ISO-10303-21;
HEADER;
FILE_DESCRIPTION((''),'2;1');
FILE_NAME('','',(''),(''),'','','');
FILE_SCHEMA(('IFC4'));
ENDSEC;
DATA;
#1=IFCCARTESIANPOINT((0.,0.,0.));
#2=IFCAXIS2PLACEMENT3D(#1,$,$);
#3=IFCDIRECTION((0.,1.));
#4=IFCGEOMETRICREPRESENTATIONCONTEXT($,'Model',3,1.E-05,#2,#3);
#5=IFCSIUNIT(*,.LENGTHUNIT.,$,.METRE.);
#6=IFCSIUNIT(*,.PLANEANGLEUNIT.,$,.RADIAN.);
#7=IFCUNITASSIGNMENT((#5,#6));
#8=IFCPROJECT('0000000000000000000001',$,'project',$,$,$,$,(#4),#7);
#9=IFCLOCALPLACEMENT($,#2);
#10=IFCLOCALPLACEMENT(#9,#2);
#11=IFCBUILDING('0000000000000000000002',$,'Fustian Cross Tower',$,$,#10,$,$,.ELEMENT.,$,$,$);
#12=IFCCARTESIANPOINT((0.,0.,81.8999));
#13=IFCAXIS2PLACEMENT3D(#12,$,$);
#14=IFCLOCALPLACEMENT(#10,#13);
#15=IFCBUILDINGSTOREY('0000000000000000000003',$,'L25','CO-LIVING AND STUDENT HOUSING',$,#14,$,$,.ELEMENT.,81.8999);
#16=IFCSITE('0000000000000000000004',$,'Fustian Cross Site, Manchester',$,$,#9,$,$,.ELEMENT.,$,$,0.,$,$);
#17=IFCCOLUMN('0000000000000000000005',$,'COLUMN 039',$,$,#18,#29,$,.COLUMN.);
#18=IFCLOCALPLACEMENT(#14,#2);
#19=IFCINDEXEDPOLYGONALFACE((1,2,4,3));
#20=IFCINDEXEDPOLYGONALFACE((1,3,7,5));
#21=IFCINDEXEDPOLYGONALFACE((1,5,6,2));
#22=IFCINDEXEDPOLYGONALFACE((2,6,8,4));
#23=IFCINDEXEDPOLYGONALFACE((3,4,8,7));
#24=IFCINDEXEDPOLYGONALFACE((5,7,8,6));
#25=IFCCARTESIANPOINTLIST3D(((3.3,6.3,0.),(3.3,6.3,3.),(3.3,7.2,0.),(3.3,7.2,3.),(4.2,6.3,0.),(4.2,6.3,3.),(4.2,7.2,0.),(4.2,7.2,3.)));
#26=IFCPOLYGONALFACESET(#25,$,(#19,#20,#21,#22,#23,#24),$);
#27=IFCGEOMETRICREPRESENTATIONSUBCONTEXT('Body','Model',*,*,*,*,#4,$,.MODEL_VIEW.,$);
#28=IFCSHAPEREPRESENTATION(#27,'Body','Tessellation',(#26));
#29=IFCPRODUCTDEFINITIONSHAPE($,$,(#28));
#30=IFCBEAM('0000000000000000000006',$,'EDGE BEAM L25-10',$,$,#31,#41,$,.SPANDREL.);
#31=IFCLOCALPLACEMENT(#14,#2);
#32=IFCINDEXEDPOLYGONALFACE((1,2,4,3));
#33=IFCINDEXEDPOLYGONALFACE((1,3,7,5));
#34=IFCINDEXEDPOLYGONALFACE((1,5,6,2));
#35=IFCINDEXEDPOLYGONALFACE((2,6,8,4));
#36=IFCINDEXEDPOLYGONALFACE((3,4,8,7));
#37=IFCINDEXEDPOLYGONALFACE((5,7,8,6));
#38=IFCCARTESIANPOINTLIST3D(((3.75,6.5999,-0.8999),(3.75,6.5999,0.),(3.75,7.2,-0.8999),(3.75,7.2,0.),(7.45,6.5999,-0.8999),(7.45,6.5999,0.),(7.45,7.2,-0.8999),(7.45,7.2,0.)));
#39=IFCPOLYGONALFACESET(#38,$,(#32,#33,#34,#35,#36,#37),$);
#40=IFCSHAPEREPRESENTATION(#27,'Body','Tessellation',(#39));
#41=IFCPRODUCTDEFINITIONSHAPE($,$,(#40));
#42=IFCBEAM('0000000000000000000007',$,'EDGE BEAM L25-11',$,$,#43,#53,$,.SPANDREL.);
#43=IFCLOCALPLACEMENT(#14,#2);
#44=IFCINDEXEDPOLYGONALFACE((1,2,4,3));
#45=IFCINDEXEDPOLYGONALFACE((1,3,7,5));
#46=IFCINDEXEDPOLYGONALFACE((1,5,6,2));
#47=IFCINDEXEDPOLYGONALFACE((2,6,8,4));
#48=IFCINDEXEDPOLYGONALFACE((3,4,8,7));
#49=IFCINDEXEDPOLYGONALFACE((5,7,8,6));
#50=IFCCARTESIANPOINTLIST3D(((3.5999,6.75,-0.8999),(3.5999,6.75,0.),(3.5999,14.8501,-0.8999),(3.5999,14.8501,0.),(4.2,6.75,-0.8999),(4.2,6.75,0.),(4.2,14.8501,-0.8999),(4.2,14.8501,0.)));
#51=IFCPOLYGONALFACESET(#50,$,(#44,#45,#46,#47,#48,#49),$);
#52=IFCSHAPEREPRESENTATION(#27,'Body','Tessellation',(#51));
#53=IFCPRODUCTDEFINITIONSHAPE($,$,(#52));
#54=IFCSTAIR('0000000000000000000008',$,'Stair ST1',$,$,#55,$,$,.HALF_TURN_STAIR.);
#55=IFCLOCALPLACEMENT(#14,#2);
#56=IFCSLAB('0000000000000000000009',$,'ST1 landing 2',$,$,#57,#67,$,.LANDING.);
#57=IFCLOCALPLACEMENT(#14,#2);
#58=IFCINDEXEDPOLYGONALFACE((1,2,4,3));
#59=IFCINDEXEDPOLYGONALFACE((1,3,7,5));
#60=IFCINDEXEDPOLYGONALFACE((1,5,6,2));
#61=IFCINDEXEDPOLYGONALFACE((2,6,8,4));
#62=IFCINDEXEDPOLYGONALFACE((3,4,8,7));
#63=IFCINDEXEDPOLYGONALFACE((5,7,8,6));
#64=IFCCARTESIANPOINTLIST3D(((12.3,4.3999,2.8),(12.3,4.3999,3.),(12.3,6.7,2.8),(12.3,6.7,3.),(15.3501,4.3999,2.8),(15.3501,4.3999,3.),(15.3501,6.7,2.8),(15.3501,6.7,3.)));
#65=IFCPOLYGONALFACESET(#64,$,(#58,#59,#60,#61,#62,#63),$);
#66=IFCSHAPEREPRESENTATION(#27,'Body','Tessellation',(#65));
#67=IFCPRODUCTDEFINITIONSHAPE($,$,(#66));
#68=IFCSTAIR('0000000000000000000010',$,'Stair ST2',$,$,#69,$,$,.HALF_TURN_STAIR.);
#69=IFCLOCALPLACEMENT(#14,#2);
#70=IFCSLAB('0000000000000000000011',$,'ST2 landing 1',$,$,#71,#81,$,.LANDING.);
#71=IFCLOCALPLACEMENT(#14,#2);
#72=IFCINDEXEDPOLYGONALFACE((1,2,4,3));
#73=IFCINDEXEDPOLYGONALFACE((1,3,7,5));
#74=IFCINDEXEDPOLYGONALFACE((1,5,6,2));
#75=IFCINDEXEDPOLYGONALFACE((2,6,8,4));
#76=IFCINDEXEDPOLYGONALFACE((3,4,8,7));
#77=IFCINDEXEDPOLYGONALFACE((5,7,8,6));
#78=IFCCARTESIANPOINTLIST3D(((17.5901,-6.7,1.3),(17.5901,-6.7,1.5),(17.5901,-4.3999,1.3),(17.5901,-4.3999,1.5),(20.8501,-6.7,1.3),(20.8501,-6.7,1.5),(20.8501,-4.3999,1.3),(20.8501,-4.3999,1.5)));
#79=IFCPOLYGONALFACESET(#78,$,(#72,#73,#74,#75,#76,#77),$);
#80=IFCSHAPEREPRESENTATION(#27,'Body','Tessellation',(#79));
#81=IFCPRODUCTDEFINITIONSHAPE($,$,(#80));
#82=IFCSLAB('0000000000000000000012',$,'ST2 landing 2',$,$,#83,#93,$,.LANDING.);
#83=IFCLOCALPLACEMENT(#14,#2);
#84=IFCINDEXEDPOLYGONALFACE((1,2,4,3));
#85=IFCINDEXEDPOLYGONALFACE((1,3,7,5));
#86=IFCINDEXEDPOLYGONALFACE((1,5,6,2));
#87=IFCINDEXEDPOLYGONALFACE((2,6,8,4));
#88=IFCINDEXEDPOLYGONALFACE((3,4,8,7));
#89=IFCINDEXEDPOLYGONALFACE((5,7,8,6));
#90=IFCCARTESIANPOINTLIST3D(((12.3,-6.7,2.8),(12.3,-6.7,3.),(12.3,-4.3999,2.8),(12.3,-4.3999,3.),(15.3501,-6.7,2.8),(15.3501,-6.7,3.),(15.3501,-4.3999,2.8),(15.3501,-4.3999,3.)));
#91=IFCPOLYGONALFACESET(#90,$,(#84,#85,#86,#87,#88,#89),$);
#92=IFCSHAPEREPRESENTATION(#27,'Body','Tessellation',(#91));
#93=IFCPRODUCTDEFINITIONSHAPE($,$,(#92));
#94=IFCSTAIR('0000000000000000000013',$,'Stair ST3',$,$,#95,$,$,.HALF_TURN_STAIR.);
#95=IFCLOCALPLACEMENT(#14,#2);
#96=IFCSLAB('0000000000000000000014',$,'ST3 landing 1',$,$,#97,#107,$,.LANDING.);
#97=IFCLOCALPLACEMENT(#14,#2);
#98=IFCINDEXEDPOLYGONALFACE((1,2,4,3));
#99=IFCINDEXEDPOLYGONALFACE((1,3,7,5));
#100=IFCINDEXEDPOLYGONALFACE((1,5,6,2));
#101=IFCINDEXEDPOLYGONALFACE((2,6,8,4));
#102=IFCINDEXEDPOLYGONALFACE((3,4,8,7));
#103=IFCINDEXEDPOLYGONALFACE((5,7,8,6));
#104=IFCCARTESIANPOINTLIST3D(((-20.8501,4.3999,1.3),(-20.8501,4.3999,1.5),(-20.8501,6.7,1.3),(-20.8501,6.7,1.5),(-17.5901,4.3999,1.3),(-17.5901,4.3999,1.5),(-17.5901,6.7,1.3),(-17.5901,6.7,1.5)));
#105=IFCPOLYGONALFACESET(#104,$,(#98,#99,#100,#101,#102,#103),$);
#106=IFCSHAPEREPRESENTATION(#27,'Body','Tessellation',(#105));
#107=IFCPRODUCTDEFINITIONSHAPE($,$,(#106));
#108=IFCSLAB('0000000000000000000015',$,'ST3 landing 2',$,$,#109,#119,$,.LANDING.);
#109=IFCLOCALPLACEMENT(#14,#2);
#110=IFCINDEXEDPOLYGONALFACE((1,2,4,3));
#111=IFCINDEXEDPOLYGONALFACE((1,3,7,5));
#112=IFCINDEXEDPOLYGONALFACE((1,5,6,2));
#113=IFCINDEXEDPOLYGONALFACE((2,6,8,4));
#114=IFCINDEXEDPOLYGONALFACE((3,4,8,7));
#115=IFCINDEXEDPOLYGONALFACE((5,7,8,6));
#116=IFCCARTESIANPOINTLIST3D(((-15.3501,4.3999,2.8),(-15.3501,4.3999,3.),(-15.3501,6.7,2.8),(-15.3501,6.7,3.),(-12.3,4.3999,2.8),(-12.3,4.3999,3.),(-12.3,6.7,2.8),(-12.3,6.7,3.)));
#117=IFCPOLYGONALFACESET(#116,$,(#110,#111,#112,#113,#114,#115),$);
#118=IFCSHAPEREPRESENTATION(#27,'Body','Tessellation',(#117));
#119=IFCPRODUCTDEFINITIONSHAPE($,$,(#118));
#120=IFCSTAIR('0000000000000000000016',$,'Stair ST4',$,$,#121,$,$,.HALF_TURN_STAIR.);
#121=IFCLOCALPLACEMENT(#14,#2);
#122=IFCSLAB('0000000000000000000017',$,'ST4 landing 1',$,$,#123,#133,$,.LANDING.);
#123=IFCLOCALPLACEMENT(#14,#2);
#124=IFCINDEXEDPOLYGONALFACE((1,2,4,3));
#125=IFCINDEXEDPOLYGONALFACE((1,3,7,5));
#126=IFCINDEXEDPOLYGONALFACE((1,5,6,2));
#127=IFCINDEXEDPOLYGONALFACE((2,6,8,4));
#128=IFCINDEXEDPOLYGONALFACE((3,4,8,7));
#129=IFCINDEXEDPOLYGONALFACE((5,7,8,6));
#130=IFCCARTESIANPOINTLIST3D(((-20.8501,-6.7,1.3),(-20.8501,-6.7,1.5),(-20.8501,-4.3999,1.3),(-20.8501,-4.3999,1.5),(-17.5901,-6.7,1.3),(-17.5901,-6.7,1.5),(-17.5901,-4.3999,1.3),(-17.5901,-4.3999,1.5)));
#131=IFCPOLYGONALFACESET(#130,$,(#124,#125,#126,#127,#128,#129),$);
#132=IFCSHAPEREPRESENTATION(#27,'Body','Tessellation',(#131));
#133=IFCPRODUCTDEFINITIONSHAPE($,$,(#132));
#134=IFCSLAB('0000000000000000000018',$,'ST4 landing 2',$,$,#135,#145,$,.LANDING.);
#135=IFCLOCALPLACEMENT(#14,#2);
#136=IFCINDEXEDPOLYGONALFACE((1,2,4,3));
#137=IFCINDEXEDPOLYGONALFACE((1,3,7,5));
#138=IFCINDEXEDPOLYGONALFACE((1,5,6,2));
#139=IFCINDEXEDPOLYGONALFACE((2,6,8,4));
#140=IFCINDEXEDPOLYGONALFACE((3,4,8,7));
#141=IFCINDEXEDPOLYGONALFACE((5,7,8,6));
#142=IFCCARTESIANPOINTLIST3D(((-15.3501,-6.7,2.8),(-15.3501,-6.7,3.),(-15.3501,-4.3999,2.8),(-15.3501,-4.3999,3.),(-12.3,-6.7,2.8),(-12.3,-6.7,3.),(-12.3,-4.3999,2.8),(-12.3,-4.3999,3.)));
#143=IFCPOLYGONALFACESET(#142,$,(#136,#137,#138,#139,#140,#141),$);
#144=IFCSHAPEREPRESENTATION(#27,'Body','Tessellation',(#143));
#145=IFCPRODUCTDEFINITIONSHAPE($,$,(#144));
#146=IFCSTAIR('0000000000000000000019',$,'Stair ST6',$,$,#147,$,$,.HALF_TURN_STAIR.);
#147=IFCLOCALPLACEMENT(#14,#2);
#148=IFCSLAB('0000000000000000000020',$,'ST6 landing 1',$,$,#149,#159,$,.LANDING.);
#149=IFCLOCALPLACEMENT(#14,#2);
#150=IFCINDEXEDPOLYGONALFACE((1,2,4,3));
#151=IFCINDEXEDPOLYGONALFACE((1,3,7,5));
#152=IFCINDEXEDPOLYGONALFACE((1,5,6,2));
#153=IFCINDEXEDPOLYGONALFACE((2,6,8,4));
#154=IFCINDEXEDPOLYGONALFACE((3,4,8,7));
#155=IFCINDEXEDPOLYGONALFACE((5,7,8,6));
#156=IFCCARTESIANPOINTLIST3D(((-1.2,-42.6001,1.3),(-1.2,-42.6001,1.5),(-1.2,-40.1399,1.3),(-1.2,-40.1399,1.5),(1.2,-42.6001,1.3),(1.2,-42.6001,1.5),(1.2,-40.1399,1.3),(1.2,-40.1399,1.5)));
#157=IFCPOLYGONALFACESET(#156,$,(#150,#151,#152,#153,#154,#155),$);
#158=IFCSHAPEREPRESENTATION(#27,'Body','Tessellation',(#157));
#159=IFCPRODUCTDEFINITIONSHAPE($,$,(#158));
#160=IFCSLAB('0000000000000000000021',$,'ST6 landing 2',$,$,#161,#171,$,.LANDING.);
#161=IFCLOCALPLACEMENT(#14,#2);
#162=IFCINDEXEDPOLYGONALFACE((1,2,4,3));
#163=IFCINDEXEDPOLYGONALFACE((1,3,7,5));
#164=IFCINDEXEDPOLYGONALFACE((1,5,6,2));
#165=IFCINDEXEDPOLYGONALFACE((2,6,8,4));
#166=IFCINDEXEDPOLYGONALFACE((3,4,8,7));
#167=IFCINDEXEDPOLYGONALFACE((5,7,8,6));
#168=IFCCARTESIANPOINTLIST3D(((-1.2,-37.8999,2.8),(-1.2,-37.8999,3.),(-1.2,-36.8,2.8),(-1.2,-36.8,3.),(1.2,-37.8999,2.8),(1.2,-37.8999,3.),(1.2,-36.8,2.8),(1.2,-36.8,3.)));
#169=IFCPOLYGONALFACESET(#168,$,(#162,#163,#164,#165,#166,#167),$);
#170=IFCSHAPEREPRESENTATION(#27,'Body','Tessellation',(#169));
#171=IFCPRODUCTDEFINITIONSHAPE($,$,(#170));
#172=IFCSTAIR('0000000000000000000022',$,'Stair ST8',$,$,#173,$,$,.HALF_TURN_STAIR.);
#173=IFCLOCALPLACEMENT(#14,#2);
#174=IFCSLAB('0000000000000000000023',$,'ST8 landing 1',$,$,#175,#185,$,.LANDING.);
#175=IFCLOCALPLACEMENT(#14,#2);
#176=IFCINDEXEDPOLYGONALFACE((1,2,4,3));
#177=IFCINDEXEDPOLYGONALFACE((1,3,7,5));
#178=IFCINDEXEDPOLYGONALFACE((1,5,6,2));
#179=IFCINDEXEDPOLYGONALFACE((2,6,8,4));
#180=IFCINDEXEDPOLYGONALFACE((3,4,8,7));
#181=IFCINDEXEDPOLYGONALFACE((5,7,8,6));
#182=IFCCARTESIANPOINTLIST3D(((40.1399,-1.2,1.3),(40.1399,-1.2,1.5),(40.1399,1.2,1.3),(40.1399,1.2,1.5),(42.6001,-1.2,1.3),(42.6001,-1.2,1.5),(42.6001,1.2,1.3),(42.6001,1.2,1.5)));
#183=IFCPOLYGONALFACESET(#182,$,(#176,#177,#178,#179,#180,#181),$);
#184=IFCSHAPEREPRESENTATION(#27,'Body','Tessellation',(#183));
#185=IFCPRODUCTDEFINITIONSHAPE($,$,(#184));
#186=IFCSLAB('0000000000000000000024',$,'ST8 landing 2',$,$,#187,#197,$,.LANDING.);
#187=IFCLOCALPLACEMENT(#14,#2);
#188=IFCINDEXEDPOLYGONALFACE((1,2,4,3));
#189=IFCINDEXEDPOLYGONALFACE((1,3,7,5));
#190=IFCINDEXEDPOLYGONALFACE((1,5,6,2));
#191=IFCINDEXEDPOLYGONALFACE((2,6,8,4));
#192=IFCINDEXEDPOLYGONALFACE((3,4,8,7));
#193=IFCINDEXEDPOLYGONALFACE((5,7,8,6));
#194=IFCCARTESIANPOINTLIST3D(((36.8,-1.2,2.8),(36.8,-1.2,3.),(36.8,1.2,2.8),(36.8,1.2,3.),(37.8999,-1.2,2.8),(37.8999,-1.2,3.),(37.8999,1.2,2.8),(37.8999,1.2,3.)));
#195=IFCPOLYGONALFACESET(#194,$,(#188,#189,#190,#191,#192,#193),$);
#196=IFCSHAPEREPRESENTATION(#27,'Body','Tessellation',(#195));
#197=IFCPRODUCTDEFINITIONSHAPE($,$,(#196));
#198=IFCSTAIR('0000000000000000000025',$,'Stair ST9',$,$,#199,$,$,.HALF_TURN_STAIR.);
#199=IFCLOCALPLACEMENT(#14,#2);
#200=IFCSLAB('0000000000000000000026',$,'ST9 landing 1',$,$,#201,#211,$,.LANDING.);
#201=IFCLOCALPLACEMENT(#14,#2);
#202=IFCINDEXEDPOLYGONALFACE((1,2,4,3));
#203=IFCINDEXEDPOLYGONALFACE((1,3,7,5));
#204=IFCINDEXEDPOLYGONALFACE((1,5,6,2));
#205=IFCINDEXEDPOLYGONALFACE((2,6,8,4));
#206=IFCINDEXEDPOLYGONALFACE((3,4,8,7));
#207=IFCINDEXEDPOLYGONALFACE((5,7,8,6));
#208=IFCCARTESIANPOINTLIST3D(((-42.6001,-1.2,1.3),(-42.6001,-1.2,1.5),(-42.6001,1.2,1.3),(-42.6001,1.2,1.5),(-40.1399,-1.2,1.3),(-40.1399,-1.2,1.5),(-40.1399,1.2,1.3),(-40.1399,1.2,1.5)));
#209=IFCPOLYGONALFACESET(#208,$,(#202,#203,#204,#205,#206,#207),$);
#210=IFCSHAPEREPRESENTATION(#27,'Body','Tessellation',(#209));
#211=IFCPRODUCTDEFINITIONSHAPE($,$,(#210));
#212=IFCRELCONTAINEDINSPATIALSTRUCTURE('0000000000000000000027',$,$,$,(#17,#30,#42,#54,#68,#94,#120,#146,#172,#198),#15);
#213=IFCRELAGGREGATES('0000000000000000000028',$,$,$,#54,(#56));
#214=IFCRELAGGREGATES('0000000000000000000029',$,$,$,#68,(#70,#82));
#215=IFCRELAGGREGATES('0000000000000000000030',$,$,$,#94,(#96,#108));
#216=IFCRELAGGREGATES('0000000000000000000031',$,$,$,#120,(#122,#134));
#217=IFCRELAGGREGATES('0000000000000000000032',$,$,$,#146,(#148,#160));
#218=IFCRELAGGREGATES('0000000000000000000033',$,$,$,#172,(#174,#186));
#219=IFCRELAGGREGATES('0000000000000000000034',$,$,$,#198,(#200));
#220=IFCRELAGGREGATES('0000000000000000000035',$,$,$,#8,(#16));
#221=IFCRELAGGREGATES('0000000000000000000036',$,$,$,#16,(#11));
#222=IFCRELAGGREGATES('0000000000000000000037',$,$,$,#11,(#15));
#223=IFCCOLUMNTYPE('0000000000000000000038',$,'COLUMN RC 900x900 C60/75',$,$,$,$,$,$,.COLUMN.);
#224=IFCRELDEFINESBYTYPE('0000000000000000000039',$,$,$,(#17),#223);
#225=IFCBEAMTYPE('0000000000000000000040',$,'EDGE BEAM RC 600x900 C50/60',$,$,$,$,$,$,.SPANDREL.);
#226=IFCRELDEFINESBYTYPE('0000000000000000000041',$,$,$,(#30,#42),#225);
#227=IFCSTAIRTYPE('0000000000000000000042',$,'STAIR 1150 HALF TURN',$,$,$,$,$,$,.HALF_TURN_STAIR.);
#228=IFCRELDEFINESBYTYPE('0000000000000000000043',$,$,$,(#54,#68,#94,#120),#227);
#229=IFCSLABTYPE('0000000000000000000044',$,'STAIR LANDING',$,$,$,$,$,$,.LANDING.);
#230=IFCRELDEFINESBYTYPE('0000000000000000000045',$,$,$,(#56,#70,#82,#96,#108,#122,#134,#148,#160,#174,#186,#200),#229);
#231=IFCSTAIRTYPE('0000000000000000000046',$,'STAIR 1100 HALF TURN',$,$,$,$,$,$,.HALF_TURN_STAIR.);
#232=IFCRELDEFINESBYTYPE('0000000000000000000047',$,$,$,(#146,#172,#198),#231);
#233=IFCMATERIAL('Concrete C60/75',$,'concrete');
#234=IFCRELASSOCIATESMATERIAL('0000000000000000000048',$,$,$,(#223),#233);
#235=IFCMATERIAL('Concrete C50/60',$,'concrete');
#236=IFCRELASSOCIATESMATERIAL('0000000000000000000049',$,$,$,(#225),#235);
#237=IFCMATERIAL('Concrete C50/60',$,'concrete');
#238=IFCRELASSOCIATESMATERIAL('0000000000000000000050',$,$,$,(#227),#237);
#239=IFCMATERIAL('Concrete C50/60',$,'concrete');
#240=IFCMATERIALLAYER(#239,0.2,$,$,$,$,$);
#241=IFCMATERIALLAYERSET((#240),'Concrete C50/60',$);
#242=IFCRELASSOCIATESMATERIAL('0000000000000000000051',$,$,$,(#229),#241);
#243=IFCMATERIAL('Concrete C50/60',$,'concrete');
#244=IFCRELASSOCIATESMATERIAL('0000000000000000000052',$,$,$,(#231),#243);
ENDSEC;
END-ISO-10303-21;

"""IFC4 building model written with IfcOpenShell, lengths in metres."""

from ifc_helpers import new_model, si_unit, direction, frame, origin, origin_2d, place, context, subcontext, project, spatial, polyline, rectangle, outline, extrude, material, layer, layer_set, material_profile, profile_set, type_object, element, aggregate, save


model = new_model("IFC4")

# Units and contexts
model_context = context("Model", 3, precision=1e-05, world=origin(), true_north=direction((0.0, 1.0)))
body_context = subcontext(model_context, "Body", "Model", "MODEL_VIEW")
ifc_project = project(units=[si_unit("LENGTHUNIT", "METRE"), si_unit("PLANEANGLEUNIT", "RADIAN")], contexts=[model_context])

# Site, building, storey
site_placement = place(None, origin())
site = spatial("IfcSite", under=ifc_project, at=site_placement, Name="Fustian Cross Site, Manchester", CompositionType="ELEMENT", RefElevation=0.0)
building_placement = place(site_placement, origin())
building = spatial("IfcBuilding", under=site, at=building_placement, Name="Fustian Cross Tower", CompositionType="ELEMENT")
storey_placement = place(building_placement, frame((0.0, 0.0, 81.8999)))
storey = spatial("IfcBuildingStorey", under=building, at=storey_placement, Name="L25", Description="CO-LIVING AND STUDENT HOUSING", CompositionType="ELEMENT", Elevation=81.8999)

# Column
ifc_material_1 = material(Name="Concrete C60/75", Category="concrete")
ifc_material_profile_1 = material_profile(ifc_material_1, rectangle(XDim=0.8999, YDim=0.8999, at=origin_2d()), Name="RC 900x900")
ifc_profile_set_1 = profile_set([ifc_material_profile_1], Name="Concrete C60/75")
column_type = type_object("IfcColumnType", Name="COLUMN RC 900x900 C60/75", PredefinedType="COLUMN", material=ifc_profile_set_1)
column_placement = place(storey_placement, frame((3.75, 6.75, 0.0), z_axis=(0.0, 0.0, 1.0), x_axis=(1.0, 0.0, 0.0)))
element("IfcColumn", 1, at=column_placement, inside=storey, type_object=column_type, Name="COLUMN 039", PredefinedType="COLUMN", context=body_context, shape_type="SweptSolid", body=[
    extrude(rectangle(XDim=0.8999, YDim=0.8999, at=origin_2d()), origin(), (0.0, 0.0, 1.0), 3.0),
])

# Beams
ifc_material_2 = material(Name="Concrete C50/60", Category="concrete")
ifc_material_profile_2 = material_profile(ifc_material_2, rectangle(XDim=0.6001, YDim=0.8999, at=origin_2d()), Name="RC 600x900")
ifc_profile_set_2 = profile_set([ifc_material_profile_2], Name="Concrete C50/60")
beam_type = type_object("IfcBeamType", Name="EDGE BEAM RC 600x900 C50/60", PredefinedType="SPANDREL", material=ifc_profile_set_2)
beam_1_placement = place(storey_placement, frame((7.45, 6.8999, -0.45), z_axis=(-1.0, 0.0, 0.0), x_axis=(0.0, -1.0, 0.0)))
element("IfcBeam", 2, at=beam_1_placement, inside=storey, type_object=beam_type, Name="EDGE BEAM L25-10", PredefinedType="SPANDREL", context=body_context, shape_type="SweptSolid", body=[
    extrude(rectangle(XDim=0.6001, YDim=0.8999, at=origin_2d()), origin(), (0.0, 0.0, 1.0), 3.7),
])
beam_2_placement = place(storey_placement, frame((3.8999, 6.75, -0.45), z_axis=(0.0, 1.0, 0.0), x_axis=(-1.0, 0.0, 0.0)))
element("IfcBeam", 3, at=beam_2_placement, inside=storey, type_object=beam_type, Name="EDGE BEAM L25-11", PredefinedType="SPANDREL", context=body_context, shape_type="SweptSolid", body=[
    extrude(rectangle(XDim=0.6001, YDim=0.8999, at=origin_2d()), origin(), (0.0, 0.0, 1.0), 8.1001),
])

# Stair, slab
ifc_material_3 = material(Name="Concrete C50/60", Category="concrete")
stair_type_1 = type_object("IfcStairType", Name="STAIR 1150 HALF TURN", PredefinedType="HALF_TURN_STAIR", material=ifc_material_3)
stair_1_placement = place(storey_placement, origin())
stair_1 = element("IfcStair", 4, at=stair_1_placement, inside=storey, type_object=stair_type_1, Name="Stair ST1", PredefinedType="HALF_TURN_STAIR")
ifc_material_4 = material(Name="Concrete C50/60", Category="concrete")
ifc_layer_1 = layer(ifc_material_4, 0.2)
ifc_layer_set_1 = layer_set([ifc_layer_1], Name="Concrete C50/60")
slab_type = type_object("IfcSlabType", Name="STAIR LANDING", PredefinedType="LANDING", material=ifc_layer_set_1)
slab_1_placement = place(storey_placement, frame((0.0, 0.0, 2.8)))
slab_1 = element("IfcSlab", 5, at=slab_1_placement, type_object=slab_type, Name="ST1 landing 2", PredefinedType="LANDING", context=body_context, shape_type="SweptSolid", body=[
    extrude(outline(polyline([(12.3, 4.3999), (15.3501, 4.3999), (15.3501, 6.7), (12.3, 6.7), (12.3, 4.3999)])), origin(), (0.0, 0.0, 1.0), 0.2),
])
aggregate(stair_1, [slab_1])

# Stairs, slabs
stair_2_placement = place(storey_placement, origin())
stair_2 = element("IfcStair", 6, at=stair_2_placement, inside=storey, type_object=stair_type_1, Name="Stair ST2", PredefinedType="HALF_TURN_STAIR")
slab_2_placement = place(storey_placement, frame((0.0, 0.0, 1.3)))
slab_2 = element("IfcSlab", 7, at=slab_2_placement, type_object=slab_type, Name="ST2 landing 1", PredefinedType="LANDING", context=body_context, shape_type="SweptSolid", body=[
    extrude(outline(polyline([(17.5901, -4.3999), (20.8501, -4.3999), (20.8501, -6.7), (17.5901, -6.7), (17.5901, -4.3999)])), origin(), (0.0, 0.0, 1.0), 0.2),
])
slab_3_placement = place(storey_placement, frame((0.0, 0.0, 2.8)))
slab_3 = element("IfcSlab", 8, at=slab_3_placement, type_object=slab_type, Name="ST2 landing 2", PredefinedType="LANDING", context=body_context, shape_type="SweptSolid", body=[
    extrude(outline(polyline([(12.3, -4.3999), (15.3501, -4.3999), (15.3501, -6.7), (12.3, -6.7), (12.3, -4.3999)])), origin(), (0.0, 0.0, 1.0), 0.2),
])
aggregate(stair_2, [slab_2, slab_3])
stair_3_placement = place(storey_placement, origin())
stair_3 = element("IfcStair", 9, at=stair_3_placement, inside=storey, type_object=stair_type_1, Name="Stair ST3", PredefinedType="HALF_TURN_STAIR")
slab_4_placement = place(storey_placement, frame((0.0, 0.0, 1.3)))
slab_4 = element("IfcSlab", 10, at=slab_4_placement, type_object=slab_type, Name="ST3 landing 1", PredefinedType="LANDING", context=body_context, shape_type="SweptSolid", body=[
    extrude(outline(polyline([(-17.5901, 4.3999), (-20.8501, 4.3999), (-20.8501, 6.7), (-17.5901, 6.7), (-17.5901, 4.3999)])), origin(), (0.0, 0.0, 1.0), 0.2),
])
slab_5_placement = place(storey_placement, frame((0.0, 0.0, 2.8)))
slab_5 = element("IfcSlab", 11, at=slab_5_placement, type_object=slab_type, Name="ST3 landing 2", PredefinedType="LANDING", context=body_context, shape_type="SweptSolid", body=[
    extrude(outline(polyline([(-12.3, 4.3999), (-15.3501, 4.3999), (-15.3501, 6.7), (-12.3, 6.7), (-12.3, 4.3999)])), origin(), (0.0, 0.0, 1.0), 0.2),
])
aggregate(stair_3, [slab_4, slab_5])
stair_4_placement = place(storey_placement, origin())
stair_4 = element("IfcStair", 12, at=stair_4_placement, inside=storey, type_object=stair_type_1, Name="Stair ST4", PredefinedType="HALF_TURN_STAIR")
slab_6_placement = place(storey_placement, frame((0.0, 0.0, 1.3)))
slab_6 = element("IfcSlab", 13, at=slab_6_placement, type_object=slab_type, Name="ST4 landing 1", PredefinedType="LANDING", context=body_context, shape_type="SweptSolid", body=[
    extrude(outline(polyline([(-17.5901, -4.3999), (-20.8501, -4.3999), (-20.8501, -6.7), (-17.5901, -6.7), (-17.5901, -4.3999)])), origin(), (0.0, 0.0, 1.0), 0.2),
])
slab_7_placement = place(storey_placement, frame((0.0, 0.0, 2.8)))
slab_7 = element("IfcSlab", 14, at=slab_7_placement, type_object=slab_type, Name="ST4 landing 2", PredefinedType="LANDING", context=body_context, shape_type="SweptSolid", body=[
    extrude(outline(polyline([(-12.3, -4.3999), (-15.3501, -4.3999), (-15.3501, -6.7), (-12.3, -6.7), (-12.3, -4.3999)])), origin(), (0.0, 0.0, 1.0), 0.2),
])
aggregate(stair_4, [slab_6, slab_7])
ifc_material_5 = material(Name="Concrete C50/60", Category="concrete")
stair_type_2 = type_object("IfcStairType", Name="STAIR 1100 HALF TURN", PredefinedType="HALF_TURN_STAIR", material=ifc_material_5)
stair_5_placement = place(storey_placement, origin())
stair_5 = element("IfcStair", 15, at=stair_5_placement, inside=storey, type_object=stair_type_2, Name="Stair ST6", PredefinedType="HALF_TURN_STAIR")
slab_8_placement = place(storey_placement, frame((0.0, 0.0, 1.3)))
slab_8 = element("IfcSlab", 16, at=slab_8_placement, type_object=slab_type, Name="ST6 landing 1", PredefinedType="LANDING", context=body_context, shape_type="SweptSolid", body=[
    extrude(outline(polyline([(-1.2, -40.1399), (-1.2, -42.6001), (1.2, -42.6001), (1.2, -40.1399), (-1.2, -40.1399)])), origin(), (0.0, 0.0, 1.0), 0.2),
])
slab_9_placement = place(storey_placement, frame((0.0, 0.0, 2.8)))
slab_9 = element("IfcSlab", 17, at=slab_9_placement, type_object=slab_type, Name="ST6 landing 2", PredefinedType="LANDING", context=body_context, shape_type="SweptSolid", body=[
    extrude(outline(polyline([(-1.2, -36.8), (-1.2, -37.8999), (1.2, -37.8999), (1.2, -36.8), (-1.2, -36.8)])), origin(), (0.0, 0.0, 1.0), 0.2),
])
aggregate(stair_5, [slab_8, slab_9])
stair_6_placement = place(storey_placement, origin())
stair_6 = element("IfcStair", 18, at=stair_6_placement, inside=storey, type_object=stair_type_2, Name="Stair ST8", PredefinedType="HALF_TURN_STAIR")
slab_10_placement = place(storey_placement, frame((0.0, 0.0, 1.3)))
slab_10 = element("IfcSlab", 19, at=slab_10_placement, type_object=slab_type, Name="ST8 landing 1", PredefinedType="LANDING", context=body_context, shape_type="SweptSolid", body=[
    extrude(outline(polyline([(40.1399, -1.2), (42.6001, -1.2), (42.6001, 1.2), (40.1399, 1.2), (40.1399, -1.2)])), origin(), (0.0, 0.0, 1.0), 0.2),
])
slab_11_placement = place(storey_placement, frame((0.0, 0.0, 2.8)))
slab_11 = element("IfcSlab", 20, at=slab_11_placement, type_object=slab_type, Name="ST8 landing 2", PredefinedType="LANDING", context=body_context, shape_type="SweptSolid", body=[
    extrude(outline(polyline([(36.8, -1.2), (37.8999, -1.2), (37.8999, 1.2), (36.8, 1.2), (36.8, -1.2)])), origin(), (0.0, 0.0, 1.0), 0.2),
])
aggregate(stair_6, [slab_10, slab_11])
stair_7_placement = place(storey_placement, origin())
stair_7 = element("IfcStair", 21, at=stair_7_placement, inside=storey, type_object=stair_type_2, Name="Stair ST9", PredefinedType="HALF_TURN_STAIR")
slab_12_placement = place(storey_placement, frame((0.0, 0.0, 1.3)))
slab_12 = element("IfcSlab", 22, at=slab_12_placement, type_object=slab_type, Name="ST9 landing 1", PredefinedType="LANDING", context=body_context, shape_type="SweptSolid", body=[
    extrude(outline(polyline([(-40.1399, -1.2), (-42.6001, -1.2), (-42.6001, 1.2), (-40.1399, 1.2), (-40.1399, -1.2)])), origin(), (0.0, 0.0, 1.0), 0.2),
])
aggregate(stair_7, [slab_12])

save(model, "model.ifc")
